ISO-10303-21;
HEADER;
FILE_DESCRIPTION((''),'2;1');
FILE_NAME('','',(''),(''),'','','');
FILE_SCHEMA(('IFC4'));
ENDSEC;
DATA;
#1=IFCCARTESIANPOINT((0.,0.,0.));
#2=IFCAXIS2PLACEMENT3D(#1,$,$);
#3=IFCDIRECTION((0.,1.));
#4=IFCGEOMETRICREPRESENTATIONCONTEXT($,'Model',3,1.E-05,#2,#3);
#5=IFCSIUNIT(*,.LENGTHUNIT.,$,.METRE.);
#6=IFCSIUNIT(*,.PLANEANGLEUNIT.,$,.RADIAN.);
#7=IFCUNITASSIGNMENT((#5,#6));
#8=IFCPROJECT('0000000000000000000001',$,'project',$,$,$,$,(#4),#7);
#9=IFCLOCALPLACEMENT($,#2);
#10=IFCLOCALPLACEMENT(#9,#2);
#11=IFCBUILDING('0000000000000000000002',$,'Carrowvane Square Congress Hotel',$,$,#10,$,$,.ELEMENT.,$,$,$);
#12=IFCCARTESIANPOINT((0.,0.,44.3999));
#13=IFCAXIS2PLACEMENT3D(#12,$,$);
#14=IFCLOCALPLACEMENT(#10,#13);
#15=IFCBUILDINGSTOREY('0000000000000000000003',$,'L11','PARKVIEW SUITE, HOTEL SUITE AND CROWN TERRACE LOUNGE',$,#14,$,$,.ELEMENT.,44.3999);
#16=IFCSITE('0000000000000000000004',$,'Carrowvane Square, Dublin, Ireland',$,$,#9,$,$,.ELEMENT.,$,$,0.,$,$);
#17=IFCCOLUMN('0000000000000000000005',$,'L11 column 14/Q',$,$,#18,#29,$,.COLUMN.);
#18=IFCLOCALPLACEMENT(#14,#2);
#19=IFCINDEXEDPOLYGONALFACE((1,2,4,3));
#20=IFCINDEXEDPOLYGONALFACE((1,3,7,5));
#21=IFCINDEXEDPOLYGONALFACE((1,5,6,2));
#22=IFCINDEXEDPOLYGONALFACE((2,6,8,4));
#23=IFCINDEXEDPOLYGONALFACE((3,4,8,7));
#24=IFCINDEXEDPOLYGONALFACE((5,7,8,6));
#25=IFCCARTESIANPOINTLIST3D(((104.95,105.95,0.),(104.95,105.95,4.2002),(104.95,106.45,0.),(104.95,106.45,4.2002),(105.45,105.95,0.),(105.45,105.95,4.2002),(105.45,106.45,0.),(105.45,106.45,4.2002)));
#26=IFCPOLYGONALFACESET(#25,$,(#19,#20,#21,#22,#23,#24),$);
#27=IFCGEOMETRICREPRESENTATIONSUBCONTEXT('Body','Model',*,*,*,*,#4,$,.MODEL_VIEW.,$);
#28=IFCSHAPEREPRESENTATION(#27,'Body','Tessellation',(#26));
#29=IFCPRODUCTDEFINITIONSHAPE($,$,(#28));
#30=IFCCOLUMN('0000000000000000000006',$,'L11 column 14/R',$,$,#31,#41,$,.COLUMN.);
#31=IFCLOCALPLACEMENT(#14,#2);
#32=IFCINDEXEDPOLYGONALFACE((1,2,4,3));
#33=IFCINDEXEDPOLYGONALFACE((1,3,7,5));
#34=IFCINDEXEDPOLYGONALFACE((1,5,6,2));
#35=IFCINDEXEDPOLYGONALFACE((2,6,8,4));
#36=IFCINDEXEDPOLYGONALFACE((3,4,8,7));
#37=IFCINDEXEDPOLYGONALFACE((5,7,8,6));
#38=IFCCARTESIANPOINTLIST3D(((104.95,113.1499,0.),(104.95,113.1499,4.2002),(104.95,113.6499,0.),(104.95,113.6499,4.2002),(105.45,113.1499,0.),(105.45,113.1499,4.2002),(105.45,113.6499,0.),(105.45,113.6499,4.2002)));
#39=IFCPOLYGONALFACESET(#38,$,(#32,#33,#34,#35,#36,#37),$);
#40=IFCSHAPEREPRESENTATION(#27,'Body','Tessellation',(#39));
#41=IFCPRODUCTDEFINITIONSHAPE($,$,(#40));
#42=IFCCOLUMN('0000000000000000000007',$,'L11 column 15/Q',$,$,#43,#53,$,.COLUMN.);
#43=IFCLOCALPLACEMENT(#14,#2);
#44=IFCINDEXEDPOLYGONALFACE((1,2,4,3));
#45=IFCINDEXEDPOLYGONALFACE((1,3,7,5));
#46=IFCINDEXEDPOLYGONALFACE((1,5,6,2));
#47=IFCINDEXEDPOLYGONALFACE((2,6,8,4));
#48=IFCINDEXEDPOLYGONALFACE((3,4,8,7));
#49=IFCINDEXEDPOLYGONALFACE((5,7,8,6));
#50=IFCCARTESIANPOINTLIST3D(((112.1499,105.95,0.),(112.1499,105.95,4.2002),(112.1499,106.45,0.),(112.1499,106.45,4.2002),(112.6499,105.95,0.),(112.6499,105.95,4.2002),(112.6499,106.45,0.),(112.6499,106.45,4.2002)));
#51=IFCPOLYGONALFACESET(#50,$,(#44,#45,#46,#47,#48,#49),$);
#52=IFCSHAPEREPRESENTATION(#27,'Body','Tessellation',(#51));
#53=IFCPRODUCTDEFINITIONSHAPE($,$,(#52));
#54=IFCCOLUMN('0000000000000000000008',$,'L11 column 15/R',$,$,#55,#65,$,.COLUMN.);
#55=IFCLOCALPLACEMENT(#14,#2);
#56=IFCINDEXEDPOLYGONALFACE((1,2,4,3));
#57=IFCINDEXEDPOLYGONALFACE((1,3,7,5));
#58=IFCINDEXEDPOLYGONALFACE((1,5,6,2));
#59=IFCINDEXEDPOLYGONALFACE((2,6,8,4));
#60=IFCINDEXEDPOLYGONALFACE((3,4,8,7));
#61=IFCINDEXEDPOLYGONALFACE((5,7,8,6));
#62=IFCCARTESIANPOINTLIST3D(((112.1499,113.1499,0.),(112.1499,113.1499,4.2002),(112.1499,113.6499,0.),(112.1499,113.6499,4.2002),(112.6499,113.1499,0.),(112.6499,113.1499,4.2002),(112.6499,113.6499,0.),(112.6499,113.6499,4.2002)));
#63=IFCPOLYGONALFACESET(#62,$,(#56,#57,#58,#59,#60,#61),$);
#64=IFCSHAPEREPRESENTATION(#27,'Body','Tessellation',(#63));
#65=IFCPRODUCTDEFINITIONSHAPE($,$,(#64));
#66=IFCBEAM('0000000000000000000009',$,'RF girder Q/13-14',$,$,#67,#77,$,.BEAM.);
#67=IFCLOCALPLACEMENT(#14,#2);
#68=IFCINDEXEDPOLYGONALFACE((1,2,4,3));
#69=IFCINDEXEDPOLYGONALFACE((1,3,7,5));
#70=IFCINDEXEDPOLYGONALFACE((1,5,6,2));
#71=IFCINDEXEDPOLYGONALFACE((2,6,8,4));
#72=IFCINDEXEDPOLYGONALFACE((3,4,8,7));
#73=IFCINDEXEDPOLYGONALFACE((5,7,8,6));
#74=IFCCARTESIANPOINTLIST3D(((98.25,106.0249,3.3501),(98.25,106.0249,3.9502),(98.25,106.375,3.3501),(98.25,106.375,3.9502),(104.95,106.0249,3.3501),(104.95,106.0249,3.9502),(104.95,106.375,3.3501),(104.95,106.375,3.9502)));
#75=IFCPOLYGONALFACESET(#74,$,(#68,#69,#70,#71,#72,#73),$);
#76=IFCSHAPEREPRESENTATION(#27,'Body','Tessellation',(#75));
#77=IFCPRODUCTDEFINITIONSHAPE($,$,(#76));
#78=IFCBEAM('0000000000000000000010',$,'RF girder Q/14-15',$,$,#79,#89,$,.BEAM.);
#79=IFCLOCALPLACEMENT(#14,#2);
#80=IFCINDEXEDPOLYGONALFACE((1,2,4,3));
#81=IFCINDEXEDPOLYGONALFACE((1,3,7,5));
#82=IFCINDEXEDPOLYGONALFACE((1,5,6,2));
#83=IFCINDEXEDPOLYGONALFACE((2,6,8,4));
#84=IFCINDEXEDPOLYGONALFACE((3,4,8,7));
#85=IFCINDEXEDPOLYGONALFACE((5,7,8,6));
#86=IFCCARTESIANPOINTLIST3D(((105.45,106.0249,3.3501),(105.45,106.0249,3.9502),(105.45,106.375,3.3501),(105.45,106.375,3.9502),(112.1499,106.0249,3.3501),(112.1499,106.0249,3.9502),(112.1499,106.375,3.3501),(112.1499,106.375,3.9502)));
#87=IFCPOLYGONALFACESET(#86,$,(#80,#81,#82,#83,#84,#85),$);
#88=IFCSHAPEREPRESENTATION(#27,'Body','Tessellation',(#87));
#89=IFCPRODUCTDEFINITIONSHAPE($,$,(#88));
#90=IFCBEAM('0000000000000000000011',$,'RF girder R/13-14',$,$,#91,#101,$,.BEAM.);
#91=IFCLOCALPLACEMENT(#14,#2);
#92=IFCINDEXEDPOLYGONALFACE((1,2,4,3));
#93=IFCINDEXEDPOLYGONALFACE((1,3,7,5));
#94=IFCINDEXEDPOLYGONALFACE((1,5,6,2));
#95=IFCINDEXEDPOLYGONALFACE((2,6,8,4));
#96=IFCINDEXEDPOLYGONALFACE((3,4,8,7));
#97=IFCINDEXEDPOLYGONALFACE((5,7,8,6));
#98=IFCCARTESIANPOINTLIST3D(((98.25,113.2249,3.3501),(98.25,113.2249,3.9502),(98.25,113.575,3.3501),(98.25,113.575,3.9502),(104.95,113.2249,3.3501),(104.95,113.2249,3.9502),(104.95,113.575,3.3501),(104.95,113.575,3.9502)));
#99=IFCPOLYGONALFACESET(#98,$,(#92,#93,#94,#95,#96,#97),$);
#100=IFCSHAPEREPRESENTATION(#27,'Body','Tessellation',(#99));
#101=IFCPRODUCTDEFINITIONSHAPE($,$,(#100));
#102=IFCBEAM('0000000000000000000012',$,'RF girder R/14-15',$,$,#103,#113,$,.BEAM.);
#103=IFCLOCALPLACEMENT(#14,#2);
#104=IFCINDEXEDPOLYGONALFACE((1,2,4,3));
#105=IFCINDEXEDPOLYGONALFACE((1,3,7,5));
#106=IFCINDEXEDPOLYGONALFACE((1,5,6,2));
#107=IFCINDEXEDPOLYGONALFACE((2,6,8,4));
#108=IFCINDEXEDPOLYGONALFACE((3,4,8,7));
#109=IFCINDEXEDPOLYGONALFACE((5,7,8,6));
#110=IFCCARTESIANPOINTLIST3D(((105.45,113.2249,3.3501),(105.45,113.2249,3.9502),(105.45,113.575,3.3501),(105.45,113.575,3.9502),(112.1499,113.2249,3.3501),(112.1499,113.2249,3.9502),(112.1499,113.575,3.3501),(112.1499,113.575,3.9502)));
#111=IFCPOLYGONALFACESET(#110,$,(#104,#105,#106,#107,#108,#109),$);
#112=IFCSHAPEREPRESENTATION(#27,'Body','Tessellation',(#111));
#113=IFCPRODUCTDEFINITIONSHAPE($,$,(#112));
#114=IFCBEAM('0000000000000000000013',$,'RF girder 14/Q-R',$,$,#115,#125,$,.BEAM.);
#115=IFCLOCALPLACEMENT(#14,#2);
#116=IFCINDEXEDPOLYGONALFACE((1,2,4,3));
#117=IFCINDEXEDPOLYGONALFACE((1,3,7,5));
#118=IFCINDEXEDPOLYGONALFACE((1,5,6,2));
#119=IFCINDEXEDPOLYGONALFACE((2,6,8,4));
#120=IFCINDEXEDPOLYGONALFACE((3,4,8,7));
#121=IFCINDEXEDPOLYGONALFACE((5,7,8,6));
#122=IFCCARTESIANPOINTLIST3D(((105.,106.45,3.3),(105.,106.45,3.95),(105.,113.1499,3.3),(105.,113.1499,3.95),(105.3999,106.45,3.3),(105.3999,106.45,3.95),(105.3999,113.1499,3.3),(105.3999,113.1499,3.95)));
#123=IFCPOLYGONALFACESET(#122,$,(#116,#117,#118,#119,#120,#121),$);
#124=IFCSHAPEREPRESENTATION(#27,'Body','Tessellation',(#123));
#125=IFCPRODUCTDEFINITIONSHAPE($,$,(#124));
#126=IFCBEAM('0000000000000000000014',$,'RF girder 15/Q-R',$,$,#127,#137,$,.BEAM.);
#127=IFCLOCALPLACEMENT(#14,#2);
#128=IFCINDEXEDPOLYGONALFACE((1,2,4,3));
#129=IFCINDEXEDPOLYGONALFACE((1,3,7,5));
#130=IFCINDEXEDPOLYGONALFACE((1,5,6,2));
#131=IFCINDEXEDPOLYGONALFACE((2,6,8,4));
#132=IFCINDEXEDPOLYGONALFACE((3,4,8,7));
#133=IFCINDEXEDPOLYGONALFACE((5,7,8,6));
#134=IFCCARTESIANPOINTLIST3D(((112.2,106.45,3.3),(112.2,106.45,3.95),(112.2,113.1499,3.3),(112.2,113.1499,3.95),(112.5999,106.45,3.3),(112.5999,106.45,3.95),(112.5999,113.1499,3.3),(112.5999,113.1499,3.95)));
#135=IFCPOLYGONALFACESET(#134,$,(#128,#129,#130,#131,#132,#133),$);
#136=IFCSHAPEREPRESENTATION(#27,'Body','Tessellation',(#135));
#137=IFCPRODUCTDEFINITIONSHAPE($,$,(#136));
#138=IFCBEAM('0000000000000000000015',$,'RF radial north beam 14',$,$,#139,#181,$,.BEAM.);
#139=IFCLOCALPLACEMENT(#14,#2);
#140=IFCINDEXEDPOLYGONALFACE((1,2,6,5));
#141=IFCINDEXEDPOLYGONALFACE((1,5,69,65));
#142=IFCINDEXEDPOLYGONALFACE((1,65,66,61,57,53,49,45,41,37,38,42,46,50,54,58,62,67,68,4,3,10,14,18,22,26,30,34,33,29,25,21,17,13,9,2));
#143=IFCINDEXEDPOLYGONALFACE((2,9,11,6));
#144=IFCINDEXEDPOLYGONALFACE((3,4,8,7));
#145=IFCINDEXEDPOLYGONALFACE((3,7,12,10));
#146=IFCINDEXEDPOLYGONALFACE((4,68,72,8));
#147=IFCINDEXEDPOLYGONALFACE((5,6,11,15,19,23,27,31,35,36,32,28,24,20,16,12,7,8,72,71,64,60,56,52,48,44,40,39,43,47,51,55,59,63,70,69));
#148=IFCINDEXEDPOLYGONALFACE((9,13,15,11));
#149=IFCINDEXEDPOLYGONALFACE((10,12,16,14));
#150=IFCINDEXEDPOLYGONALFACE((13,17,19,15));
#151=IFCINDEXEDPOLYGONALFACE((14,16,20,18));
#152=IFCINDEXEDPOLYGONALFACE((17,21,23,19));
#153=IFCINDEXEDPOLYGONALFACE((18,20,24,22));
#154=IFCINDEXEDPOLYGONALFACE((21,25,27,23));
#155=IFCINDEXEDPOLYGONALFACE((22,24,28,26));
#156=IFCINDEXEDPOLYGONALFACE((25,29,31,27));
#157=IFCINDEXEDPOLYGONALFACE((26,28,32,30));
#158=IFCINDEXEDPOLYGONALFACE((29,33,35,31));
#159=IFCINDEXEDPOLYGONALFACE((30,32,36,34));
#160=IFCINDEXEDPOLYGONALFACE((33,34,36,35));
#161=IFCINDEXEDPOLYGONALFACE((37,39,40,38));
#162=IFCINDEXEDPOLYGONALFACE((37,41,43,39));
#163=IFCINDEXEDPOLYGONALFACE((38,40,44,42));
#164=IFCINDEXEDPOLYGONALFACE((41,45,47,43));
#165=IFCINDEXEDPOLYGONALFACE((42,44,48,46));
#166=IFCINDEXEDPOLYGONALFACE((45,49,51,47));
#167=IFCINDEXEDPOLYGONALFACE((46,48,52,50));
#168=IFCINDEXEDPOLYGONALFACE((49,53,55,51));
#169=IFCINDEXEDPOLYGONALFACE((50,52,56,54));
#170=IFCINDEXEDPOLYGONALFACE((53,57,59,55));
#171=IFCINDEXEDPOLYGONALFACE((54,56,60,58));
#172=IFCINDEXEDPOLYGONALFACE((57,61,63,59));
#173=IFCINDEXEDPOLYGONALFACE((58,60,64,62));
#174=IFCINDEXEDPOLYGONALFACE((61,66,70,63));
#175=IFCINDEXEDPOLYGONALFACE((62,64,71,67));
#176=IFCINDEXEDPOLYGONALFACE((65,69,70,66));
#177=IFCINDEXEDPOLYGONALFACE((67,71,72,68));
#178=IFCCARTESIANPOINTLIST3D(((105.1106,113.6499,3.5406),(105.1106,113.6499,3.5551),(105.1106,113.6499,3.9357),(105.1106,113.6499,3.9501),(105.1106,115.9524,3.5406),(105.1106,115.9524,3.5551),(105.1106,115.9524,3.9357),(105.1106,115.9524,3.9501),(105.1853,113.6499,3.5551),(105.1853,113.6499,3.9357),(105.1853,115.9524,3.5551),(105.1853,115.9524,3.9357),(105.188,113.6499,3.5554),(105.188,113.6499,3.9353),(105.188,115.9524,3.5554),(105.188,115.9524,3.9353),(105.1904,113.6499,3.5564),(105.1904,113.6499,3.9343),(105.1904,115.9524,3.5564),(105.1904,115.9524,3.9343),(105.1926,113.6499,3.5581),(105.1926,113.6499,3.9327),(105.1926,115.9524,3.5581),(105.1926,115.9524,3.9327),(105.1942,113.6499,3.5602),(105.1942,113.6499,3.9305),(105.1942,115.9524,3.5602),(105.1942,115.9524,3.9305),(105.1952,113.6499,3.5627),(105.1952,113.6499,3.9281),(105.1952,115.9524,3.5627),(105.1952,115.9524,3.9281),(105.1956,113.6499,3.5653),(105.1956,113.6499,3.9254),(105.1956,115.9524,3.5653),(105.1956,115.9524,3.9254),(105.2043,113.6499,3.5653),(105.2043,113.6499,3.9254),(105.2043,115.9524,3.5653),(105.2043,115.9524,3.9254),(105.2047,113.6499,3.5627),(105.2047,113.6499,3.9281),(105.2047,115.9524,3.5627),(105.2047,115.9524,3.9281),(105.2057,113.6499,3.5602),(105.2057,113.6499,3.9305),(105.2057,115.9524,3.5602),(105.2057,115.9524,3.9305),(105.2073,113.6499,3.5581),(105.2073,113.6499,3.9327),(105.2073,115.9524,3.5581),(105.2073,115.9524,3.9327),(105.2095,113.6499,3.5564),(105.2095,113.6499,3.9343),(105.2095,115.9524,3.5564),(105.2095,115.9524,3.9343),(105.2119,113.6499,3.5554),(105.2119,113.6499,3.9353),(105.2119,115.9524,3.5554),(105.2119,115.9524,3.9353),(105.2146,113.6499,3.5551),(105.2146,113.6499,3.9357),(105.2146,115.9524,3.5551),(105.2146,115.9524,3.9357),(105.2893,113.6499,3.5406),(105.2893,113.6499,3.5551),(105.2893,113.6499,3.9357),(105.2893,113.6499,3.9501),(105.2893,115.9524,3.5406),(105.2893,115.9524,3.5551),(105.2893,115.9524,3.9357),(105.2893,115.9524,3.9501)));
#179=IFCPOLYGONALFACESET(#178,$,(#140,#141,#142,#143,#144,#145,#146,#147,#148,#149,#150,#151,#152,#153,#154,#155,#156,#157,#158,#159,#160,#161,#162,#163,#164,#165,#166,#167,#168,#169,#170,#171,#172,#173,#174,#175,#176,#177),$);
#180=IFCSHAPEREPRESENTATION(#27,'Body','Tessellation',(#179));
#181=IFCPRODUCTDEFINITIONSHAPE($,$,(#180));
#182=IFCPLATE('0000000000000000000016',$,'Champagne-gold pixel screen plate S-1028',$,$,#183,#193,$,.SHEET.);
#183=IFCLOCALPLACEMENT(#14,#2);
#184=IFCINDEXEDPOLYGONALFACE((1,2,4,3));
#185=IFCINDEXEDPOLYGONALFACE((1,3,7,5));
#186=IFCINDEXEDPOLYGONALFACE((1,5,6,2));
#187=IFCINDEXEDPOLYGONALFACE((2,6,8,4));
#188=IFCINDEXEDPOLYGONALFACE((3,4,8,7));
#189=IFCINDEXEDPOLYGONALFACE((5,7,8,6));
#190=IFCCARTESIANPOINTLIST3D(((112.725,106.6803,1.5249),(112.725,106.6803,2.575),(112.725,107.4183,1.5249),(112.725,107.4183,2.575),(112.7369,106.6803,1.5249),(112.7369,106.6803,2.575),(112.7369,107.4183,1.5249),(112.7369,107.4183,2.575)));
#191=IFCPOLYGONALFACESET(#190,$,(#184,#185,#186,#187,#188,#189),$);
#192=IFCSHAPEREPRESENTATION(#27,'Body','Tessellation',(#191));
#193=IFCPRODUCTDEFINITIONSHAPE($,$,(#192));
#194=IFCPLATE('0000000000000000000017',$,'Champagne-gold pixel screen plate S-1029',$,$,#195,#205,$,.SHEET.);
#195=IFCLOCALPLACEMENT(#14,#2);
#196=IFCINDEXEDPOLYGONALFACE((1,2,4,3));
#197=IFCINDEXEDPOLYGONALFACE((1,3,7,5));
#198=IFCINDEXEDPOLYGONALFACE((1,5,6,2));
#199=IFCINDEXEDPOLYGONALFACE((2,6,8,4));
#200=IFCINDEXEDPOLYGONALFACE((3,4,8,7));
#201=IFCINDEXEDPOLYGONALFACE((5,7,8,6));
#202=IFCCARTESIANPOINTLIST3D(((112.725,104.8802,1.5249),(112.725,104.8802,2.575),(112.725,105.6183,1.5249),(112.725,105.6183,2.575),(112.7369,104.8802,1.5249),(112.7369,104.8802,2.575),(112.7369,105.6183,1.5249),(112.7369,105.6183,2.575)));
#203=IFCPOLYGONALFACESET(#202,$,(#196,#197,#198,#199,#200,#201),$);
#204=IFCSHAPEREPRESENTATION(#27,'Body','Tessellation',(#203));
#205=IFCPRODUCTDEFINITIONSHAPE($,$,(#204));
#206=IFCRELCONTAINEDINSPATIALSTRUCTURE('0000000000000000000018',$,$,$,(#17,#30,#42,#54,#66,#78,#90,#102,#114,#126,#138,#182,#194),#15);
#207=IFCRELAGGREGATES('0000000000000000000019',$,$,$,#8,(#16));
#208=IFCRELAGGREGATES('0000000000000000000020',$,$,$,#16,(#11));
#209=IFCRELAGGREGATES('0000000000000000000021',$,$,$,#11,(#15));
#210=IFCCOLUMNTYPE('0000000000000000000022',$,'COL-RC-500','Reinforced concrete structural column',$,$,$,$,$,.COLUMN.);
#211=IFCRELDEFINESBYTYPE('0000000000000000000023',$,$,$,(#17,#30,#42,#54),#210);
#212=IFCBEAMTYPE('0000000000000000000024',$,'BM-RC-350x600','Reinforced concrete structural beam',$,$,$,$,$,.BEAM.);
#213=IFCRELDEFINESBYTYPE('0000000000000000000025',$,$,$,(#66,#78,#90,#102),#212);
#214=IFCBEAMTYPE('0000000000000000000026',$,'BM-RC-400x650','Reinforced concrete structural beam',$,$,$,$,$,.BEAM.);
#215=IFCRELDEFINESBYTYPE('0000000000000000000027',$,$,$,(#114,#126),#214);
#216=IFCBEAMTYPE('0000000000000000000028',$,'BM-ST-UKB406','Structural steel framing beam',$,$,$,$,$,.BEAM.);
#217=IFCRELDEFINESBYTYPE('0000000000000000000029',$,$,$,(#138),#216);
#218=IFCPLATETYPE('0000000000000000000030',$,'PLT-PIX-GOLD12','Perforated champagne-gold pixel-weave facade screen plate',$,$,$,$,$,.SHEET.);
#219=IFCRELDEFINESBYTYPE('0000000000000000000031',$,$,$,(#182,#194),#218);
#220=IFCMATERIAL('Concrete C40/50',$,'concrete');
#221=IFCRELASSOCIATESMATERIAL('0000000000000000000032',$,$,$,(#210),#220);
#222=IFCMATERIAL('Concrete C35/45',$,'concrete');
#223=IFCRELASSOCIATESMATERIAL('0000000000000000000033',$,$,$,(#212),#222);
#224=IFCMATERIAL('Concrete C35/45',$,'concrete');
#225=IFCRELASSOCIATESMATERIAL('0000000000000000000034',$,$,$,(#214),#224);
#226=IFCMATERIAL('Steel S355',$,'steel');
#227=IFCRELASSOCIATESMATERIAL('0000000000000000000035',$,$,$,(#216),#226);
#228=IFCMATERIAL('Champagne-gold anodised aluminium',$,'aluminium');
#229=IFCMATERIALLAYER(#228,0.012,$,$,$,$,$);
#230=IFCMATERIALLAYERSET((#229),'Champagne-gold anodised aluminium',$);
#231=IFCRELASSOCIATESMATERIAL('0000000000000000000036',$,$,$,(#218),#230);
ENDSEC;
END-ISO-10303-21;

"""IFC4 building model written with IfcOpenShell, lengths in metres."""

from ifc_helpers import new_model, si_unit, direction, frame, origin, origin_2d, place, context, subcontext, project, spatial, rectangle, i_section, extrude, material, layer, layer_set, material_profile, profile_set, type_object, element, save


model = new_model("IFC4")

# Units and contexts
model_context = context("Model", 3, precision=1e-05, world=origin(), true_north=direction((0.0, 1.0)))
body_context = subcontext(model_context, "Body", "Model", "MODEL_VIEW")
ifc_project = project(units=[si_unit("LENGTHUNIT", "METRE"), si_unit("PLANEANGLEUNIT", "RADIAN")], contexts=[model_context])

# Site, building, storey
site_placement = place(None, origin())
site = spatial("IfcSite", under=ifc_project, at=site_placement, Name="Carrowvane Square, Dublin, Ireland", CompositionType="ELEMENT", RefElevation=0.0)
building_placement = place(site_placement, origin())
building = spatial("IfcBuilding", under=site, at=building_placement, Name="Carrowvane Square Congress Hotel", CompositionType="ELEMENT")
storey_placement = place(building_placement, frame((0.0, 0.0, 44.3999)))
storey = spatial("IfcBuildingStorey", under=building, at=storey_placement, Name="L11", Description="PARKVIEW SUITE, HOTEL SUITE AND CROWN TERRACE LOUNGE", CompositionType="ELEMENT", Elevation=44.3999)

# Columns
ifc_material_1 = material(Name="Concrete C40/50", Category="concrete")
ifc_material_profile_1 = material_profile(ifc_material_1, rectangle(XDim=0.5, YDim=0.5, at=origin_2d()), Name="RC 500x500")
ifc_profile_set_1 = profile_set([ifc_material_profile_1], Name="Concrete C40/50")
column_type = type_object("IfcColumnType", Name="COL-RC-500", Description="Reinforced concrete structural column", PredefinedType="COLUMN", material=ifc_profile_set_1)
for number, where, z_axis, x_axis, name in (
    (1, (105.2, 106.2, 0.0), (0.0, 0.0, 1.0), (1.0, 0.0, 0.0), "L11 column 14/Q"),
    (2, (105.2, 113.3999, 0.0), (0.0, 0.0, 1.0), (1.0, 0.0, 0.0), "L11 column 14/R"),
    (3, (112.3999, 106.2, 0.0), (0.0, 0.0, 1.0), (1.0, 0.0, 0.0), "L11 column 15/Q"),
    (4, (112.3999, 113.3999, 0.0), (0.0, 0.0, 1.0), (1.0, 0.0, 0.0), "L11 column 15/R"),
):
    element("IfcColumn", number, at=place(storey_placement, frame(where, z_axis=z_axis, x_axis=x_axis)), inside=storey, type_object=column_type, Name=name, PredefinedType="COLUMN", context=body_context, shape_type="SweptSolid", body=[
        extrude(rectangle(XDim=0.5, YDim=0.5, at=origin_2d()), origin(), (0.0, 0.0, 1.0), 4.2002),
    ])

# Beams
ifc_material_2 = material(Name="Concrete C35/45", Category="concrete")
ifc_material_profile_2 = material_profile(ifc_material_2, rectangle(XDim=0.3501, YDim=0.6001, at=origin_2d()), Name="RC 350x600")
ifc_profile_set_2 = profile_set([ifc_material_profile_2], Name="Concrete C35/45")
beam_type_1 = type_object("IfcBeamType", Name="BM-RC-350x600", Description="Reinforced concrete structural beam", PredefinedType="BEAM", material=ifc_profile_set_2)
for number, where, z_axis, x_axis, name in (
    (5, (98.25, 106.2, 3.6501), (1.0, 0.0, 0.0), (0.0, 1.0, 0.0), "RF girder Q/13-14"),
    (6, (105.45, 106.2, 3.6501), (1.0, 0.0, 0.0), (0.0, 1.0, 0.0), "RF girder Q/14-15"),
    (7, (98.25, 113.3999, 3.6501), (1.0, 0.0, 0.0), (0.0, 1.0, 0.0), "RF girder R/13-14"),
    (8, (105.45, 113.3999, 3.6501), (1.0, 0.0, 0.0), (0.0, 1.0, 0.0), "RF girder R/14-15"),
):
    element("IfcBeam", number, at=place(storey_placement, frame(where, z_axis=z_axis, x_axis=x_axis)), inside=storey, type_object=beam_type_1, Name=name, PredefinedType="BEAM", context=body_context, shape_type="SweptSolid", body=[
        extrude(rectangle(XDim=0.3501, YDim=0.6001, at=origin_2d()), origin(), (0.0, 0.0, 1.0), 6.7),
    ])
ifc_material_3 = material(Name="Concrete C35/45", Category="concrete")
ifc_material_profile_3 = material_profile(ifc_material_3, rectangle(XDim=0.3999, YDim=0.6499, at=origin_2d()), Name="RC 400x650")
ifc_profile_set_3 = profile_set([ifc_material_profile_3], Name="Concrete C35/45")
beam_type_2 = type_object("IfcBeamType", Name="BM-RC-400x650", Description="Reinforced concrete structural beam", PredefinedType="BEAM", material=ifc_profile_set_3)
for number, where, z_axis, x_axis, name in (
    (9, (105.2, 106.45, 3.625), (0.0, 1.0, 0.0), (-1.0, 0.0, 0.0), "RF girder 14/Q-R"),
    (10, (112.3999, 106.45, 3.625), (0.0, 1.0, 0.0), (-1.0, 0.0, 0.0), "RF girder 15/Q-R"),
):
    element("IfcBeam", number, at=place(storey_placement, frame(where, z_axis=z_axis, x_axis=x_axis)), inside=storey, type_object=beam_type_2, Name=name, PredefinedType="BEAM", context=body_context, shape_type="SweptSolid", body=[
        extrude(rectangle(XDim=0.3999, YDim=0.6499, at=origin_2d()), origin(), (0.0, 0.0, 1.0), 6.7),
    ])
ifc_material_4 = material(Name="Steel S355", Category="steel")
ifc_material_profile_4 = material_profile(ifc_material_4, i_section(OverallWidth=0.1787, OverallDepth=0.4094, WebThickness=0.0088, FlangeThickness=0.0144, FilletRadius=0.0103, at=origin_2d()), Name="UKB 406x178x67")
ifc_profile_set_4 = profile_set([ifc_material_profile_4], Name="Steel S355")
beam_type_3 = type_object("IfcBeamType", Name="BM-ST-UKB406", Description="Structural steel framing beam", PredefinedType="BEAM", material=ifc_profile_set_4)
beam_placement = place(storey_placement, frame((105.2, 113.6499, 3.7454), z_axis=(0.0, 1.0, 0.0), x_axis=(-1.0, 0.0, 0.0)))
element("IfcBeam", 11, at=beam_placement, inside=storey, type_object=beam_type_3, Name="RF radial north beam 14", PredefinedType="BEAM", context=body_context, shape_type="SweptSolid", body=[
    extrude(i_section(OverallWidth=0.1787, OverallDepth=0.4094, WebThickness=0.0088, FlangeThickness=0.0144, FilletRadius=0.0103, at=origin_2d()), origin(), (0.0, 0.0, 1.0), 2.3025),
])

# Plates
ifc_material_5 = material(Name="Champagne-gold anodised aluminium", Category="aluminium")
ifc_layer_1 = layer(ifc_material_5, 0.012)
ifc_layer_set_1 = layer_set([ifc_layer_1], Name="Champagne-gold anodised aluminium")
plate_type = type_object("IfcPlateType", Name="PLT-PIX-GOLD12", Description="Perforated champagne-gold pixel-weave facade screen plate", PredefinedType="SHEET", material=ifc_layer_set_1)
for number, where, z_axis, x_axis, name in (
    (12, (112.731, 107.0493, 1.5249), (0.0, 0.0, 1.0), (0.0, -1.0, 0.0), "Champagne-gold pixel screen plate S-1028"),
    (13, (112.731, 105.2493, 1.5249), (0.0, 0.0, 1.0), (0.0, -1.0, 0.0), "Champagne-gold pixel screen plate S-1029"),
):
    element("IfcPlate", number, at=place(storey_placement, frame(where, z_axis=z_axis, x_axis=x_axis)), inside=storey, type_object=plate_type, Name=name, PredefinedType="SHEET", context=body_context, shape_type="SweptSolid", body=[
        extrude(rectangle(XDim=0.738, YDim=0.012, at=origin_2d()), origin(), (0.0, 0.0, 1.0), 1.05),
    ])

save(model, "model.ifc")
